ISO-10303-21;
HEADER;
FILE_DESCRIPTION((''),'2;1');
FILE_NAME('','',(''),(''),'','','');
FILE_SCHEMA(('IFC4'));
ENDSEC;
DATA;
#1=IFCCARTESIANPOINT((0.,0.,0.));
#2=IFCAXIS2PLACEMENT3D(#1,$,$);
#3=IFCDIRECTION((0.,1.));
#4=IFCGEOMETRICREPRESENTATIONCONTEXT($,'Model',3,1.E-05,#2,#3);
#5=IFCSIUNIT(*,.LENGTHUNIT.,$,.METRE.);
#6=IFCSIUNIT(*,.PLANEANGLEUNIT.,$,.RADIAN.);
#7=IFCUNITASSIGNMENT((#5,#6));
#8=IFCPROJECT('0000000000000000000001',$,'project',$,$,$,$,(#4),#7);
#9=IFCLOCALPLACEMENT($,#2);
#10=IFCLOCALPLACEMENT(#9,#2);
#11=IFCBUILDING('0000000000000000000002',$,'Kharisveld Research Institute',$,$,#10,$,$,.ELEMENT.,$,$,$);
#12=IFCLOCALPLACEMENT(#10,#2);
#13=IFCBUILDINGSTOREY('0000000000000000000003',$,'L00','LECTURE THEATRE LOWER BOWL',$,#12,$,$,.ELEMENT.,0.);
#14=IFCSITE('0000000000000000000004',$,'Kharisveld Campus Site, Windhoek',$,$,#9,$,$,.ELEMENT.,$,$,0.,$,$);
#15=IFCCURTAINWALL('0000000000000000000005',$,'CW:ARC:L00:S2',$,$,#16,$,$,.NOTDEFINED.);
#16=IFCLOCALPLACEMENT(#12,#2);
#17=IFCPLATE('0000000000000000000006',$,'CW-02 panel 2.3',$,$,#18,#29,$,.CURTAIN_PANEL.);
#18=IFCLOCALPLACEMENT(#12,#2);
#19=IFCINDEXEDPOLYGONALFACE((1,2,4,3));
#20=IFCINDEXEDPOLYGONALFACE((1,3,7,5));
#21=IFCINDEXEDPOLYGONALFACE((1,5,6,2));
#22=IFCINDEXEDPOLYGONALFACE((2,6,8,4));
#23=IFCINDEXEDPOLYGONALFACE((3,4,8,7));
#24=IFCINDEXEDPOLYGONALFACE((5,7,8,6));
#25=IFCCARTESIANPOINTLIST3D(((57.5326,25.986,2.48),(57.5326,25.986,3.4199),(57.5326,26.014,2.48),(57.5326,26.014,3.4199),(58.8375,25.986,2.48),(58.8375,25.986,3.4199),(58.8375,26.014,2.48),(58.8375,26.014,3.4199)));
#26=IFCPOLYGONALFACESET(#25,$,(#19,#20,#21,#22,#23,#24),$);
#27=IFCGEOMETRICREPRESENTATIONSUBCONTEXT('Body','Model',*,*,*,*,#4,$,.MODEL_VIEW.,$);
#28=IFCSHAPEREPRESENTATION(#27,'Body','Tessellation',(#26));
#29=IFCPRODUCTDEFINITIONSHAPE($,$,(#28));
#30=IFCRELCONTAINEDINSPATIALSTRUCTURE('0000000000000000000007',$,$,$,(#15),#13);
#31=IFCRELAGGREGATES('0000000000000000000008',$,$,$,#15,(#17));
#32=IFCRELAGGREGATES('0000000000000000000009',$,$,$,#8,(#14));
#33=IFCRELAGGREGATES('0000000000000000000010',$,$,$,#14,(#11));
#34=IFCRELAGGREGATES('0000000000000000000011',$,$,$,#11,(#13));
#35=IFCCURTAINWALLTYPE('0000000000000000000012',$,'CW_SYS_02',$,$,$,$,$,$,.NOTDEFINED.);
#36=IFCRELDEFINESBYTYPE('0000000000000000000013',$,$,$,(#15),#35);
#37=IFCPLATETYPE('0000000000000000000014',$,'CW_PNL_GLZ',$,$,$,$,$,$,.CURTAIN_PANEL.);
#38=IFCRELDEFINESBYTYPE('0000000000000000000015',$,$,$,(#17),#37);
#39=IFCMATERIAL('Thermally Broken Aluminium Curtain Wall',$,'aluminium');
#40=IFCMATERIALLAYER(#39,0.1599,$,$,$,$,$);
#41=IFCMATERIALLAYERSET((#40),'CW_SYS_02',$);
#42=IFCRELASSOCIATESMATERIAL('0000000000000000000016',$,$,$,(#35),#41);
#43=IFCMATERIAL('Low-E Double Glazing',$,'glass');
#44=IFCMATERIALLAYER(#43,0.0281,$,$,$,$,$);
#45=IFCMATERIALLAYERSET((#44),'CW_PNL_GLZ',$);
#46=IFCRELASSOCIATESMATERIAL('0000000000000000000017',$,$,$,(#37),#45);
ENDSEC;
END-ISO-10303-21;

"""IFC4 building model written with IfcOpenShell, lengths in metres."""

from ifc_helpers import new_model, si_unit, direction, frame, origin, origin_2d, place, context, subcontext, project, spatial, rectangle, extrude, material, layer, layer_set, type_object, element, aggregate, save


model = new_model("IFC4")

# Units and contexts
model_context = context("Model", 3, precision=1e-05, world=origin(), true_north=direction((0.0, 1.0)))
body_context = subcontext(model_context, "Body", "Model", "MODEL_VIEW")
ifc_project = project(units=[si_unit("LENGTHUNIT", "METRE"), si_unit("PLANEANGLEUNIT", "RADIAN")], contexts=[model_context])

# Site, building, storey
site_placement = place(None, origin())
site = spatial("IfcSite", under=ifc_project, at=site_placement, Name="Kharisveld Campus Site, Windhoek", CompositionType="ELEMENT", RefElevation=0.0)
building_placement = place(site_placement, origin())
building = spatial("IfcBuilding", under=site, at=building_placement, Name="Kharisveld Research Institute", CompositionType="ELEMENT")
storey_placement = place(building_placement, origin())
storey = spatial("IfcBuildingStorey", under=building, at=storey_placement, Name="L00", Description="LECTURE THEATRE LOWER BOWL", CompositionType="ELEMENT", Elevation=0.0)

# Curtain wall, plate
ifc_material_1 = material(Name="Thermally Broken Aluminium Curtain Wall", Category="aluminium")
ifc_layer_1 = layer(ifc_material_1, 0.1599)
ifc_layer_set_1 = layer_set([ifc_layer_1], Name="CW_SYS_02")
curtain_wall_type = type_object("IfcCurtainWallType", Name="CW_SYS_02", PredefinedType="NOTDEFINED", material=ifc_layer_set_1)
curtain_wall_placement = place(storey_placement, origin())
curtain_wall = element("IfcCurtainWall", 1, at=curtain_wall_placement, inside=storey, type_object=curtain_wall_type, Name="CW:ARC:L00:S2", PredefinedType="NOTDEFINED")
ifc_material_2 = material(Name="Low-E Double Glazing", Category="glass")
ifc_layer_2 = layer(ifc_material_2, 0.0281)
ifc_layer_set_2 = layer_set([ifc_layer_2], Name="CW_PNL_GLZ")
plate_type = type_object("IfcPlateType", Name="CW_PNL_GLZ", PredefinedType="CURTAIN_PANEL", material=ifc_layer_set_2)
plate_1_placement = place(storey_placement, frame((58.1851, 26.0, 2.48), z_axis=(0.0, 0.0, 1.0), x_axis=(-1.0, 0.0, 0.0)))
plate_1 = element("IfcPlate", 2, at=plate_1_placement, type_object=plate_type, Name="CW-02 panel 2.3", PredefinedType="CURTAIN_PANEL", context=body_context, shape_type="SweptSolid", body=[
    extrude(rectangle(XDim=1.3049, YDim=0.0281, at=origin_2d()), origin(), (0.0, 0.0, 1.0), 0.9399),
])
aggregate(curtain_wall, [plate_1])

save(model, "model.ifc")
